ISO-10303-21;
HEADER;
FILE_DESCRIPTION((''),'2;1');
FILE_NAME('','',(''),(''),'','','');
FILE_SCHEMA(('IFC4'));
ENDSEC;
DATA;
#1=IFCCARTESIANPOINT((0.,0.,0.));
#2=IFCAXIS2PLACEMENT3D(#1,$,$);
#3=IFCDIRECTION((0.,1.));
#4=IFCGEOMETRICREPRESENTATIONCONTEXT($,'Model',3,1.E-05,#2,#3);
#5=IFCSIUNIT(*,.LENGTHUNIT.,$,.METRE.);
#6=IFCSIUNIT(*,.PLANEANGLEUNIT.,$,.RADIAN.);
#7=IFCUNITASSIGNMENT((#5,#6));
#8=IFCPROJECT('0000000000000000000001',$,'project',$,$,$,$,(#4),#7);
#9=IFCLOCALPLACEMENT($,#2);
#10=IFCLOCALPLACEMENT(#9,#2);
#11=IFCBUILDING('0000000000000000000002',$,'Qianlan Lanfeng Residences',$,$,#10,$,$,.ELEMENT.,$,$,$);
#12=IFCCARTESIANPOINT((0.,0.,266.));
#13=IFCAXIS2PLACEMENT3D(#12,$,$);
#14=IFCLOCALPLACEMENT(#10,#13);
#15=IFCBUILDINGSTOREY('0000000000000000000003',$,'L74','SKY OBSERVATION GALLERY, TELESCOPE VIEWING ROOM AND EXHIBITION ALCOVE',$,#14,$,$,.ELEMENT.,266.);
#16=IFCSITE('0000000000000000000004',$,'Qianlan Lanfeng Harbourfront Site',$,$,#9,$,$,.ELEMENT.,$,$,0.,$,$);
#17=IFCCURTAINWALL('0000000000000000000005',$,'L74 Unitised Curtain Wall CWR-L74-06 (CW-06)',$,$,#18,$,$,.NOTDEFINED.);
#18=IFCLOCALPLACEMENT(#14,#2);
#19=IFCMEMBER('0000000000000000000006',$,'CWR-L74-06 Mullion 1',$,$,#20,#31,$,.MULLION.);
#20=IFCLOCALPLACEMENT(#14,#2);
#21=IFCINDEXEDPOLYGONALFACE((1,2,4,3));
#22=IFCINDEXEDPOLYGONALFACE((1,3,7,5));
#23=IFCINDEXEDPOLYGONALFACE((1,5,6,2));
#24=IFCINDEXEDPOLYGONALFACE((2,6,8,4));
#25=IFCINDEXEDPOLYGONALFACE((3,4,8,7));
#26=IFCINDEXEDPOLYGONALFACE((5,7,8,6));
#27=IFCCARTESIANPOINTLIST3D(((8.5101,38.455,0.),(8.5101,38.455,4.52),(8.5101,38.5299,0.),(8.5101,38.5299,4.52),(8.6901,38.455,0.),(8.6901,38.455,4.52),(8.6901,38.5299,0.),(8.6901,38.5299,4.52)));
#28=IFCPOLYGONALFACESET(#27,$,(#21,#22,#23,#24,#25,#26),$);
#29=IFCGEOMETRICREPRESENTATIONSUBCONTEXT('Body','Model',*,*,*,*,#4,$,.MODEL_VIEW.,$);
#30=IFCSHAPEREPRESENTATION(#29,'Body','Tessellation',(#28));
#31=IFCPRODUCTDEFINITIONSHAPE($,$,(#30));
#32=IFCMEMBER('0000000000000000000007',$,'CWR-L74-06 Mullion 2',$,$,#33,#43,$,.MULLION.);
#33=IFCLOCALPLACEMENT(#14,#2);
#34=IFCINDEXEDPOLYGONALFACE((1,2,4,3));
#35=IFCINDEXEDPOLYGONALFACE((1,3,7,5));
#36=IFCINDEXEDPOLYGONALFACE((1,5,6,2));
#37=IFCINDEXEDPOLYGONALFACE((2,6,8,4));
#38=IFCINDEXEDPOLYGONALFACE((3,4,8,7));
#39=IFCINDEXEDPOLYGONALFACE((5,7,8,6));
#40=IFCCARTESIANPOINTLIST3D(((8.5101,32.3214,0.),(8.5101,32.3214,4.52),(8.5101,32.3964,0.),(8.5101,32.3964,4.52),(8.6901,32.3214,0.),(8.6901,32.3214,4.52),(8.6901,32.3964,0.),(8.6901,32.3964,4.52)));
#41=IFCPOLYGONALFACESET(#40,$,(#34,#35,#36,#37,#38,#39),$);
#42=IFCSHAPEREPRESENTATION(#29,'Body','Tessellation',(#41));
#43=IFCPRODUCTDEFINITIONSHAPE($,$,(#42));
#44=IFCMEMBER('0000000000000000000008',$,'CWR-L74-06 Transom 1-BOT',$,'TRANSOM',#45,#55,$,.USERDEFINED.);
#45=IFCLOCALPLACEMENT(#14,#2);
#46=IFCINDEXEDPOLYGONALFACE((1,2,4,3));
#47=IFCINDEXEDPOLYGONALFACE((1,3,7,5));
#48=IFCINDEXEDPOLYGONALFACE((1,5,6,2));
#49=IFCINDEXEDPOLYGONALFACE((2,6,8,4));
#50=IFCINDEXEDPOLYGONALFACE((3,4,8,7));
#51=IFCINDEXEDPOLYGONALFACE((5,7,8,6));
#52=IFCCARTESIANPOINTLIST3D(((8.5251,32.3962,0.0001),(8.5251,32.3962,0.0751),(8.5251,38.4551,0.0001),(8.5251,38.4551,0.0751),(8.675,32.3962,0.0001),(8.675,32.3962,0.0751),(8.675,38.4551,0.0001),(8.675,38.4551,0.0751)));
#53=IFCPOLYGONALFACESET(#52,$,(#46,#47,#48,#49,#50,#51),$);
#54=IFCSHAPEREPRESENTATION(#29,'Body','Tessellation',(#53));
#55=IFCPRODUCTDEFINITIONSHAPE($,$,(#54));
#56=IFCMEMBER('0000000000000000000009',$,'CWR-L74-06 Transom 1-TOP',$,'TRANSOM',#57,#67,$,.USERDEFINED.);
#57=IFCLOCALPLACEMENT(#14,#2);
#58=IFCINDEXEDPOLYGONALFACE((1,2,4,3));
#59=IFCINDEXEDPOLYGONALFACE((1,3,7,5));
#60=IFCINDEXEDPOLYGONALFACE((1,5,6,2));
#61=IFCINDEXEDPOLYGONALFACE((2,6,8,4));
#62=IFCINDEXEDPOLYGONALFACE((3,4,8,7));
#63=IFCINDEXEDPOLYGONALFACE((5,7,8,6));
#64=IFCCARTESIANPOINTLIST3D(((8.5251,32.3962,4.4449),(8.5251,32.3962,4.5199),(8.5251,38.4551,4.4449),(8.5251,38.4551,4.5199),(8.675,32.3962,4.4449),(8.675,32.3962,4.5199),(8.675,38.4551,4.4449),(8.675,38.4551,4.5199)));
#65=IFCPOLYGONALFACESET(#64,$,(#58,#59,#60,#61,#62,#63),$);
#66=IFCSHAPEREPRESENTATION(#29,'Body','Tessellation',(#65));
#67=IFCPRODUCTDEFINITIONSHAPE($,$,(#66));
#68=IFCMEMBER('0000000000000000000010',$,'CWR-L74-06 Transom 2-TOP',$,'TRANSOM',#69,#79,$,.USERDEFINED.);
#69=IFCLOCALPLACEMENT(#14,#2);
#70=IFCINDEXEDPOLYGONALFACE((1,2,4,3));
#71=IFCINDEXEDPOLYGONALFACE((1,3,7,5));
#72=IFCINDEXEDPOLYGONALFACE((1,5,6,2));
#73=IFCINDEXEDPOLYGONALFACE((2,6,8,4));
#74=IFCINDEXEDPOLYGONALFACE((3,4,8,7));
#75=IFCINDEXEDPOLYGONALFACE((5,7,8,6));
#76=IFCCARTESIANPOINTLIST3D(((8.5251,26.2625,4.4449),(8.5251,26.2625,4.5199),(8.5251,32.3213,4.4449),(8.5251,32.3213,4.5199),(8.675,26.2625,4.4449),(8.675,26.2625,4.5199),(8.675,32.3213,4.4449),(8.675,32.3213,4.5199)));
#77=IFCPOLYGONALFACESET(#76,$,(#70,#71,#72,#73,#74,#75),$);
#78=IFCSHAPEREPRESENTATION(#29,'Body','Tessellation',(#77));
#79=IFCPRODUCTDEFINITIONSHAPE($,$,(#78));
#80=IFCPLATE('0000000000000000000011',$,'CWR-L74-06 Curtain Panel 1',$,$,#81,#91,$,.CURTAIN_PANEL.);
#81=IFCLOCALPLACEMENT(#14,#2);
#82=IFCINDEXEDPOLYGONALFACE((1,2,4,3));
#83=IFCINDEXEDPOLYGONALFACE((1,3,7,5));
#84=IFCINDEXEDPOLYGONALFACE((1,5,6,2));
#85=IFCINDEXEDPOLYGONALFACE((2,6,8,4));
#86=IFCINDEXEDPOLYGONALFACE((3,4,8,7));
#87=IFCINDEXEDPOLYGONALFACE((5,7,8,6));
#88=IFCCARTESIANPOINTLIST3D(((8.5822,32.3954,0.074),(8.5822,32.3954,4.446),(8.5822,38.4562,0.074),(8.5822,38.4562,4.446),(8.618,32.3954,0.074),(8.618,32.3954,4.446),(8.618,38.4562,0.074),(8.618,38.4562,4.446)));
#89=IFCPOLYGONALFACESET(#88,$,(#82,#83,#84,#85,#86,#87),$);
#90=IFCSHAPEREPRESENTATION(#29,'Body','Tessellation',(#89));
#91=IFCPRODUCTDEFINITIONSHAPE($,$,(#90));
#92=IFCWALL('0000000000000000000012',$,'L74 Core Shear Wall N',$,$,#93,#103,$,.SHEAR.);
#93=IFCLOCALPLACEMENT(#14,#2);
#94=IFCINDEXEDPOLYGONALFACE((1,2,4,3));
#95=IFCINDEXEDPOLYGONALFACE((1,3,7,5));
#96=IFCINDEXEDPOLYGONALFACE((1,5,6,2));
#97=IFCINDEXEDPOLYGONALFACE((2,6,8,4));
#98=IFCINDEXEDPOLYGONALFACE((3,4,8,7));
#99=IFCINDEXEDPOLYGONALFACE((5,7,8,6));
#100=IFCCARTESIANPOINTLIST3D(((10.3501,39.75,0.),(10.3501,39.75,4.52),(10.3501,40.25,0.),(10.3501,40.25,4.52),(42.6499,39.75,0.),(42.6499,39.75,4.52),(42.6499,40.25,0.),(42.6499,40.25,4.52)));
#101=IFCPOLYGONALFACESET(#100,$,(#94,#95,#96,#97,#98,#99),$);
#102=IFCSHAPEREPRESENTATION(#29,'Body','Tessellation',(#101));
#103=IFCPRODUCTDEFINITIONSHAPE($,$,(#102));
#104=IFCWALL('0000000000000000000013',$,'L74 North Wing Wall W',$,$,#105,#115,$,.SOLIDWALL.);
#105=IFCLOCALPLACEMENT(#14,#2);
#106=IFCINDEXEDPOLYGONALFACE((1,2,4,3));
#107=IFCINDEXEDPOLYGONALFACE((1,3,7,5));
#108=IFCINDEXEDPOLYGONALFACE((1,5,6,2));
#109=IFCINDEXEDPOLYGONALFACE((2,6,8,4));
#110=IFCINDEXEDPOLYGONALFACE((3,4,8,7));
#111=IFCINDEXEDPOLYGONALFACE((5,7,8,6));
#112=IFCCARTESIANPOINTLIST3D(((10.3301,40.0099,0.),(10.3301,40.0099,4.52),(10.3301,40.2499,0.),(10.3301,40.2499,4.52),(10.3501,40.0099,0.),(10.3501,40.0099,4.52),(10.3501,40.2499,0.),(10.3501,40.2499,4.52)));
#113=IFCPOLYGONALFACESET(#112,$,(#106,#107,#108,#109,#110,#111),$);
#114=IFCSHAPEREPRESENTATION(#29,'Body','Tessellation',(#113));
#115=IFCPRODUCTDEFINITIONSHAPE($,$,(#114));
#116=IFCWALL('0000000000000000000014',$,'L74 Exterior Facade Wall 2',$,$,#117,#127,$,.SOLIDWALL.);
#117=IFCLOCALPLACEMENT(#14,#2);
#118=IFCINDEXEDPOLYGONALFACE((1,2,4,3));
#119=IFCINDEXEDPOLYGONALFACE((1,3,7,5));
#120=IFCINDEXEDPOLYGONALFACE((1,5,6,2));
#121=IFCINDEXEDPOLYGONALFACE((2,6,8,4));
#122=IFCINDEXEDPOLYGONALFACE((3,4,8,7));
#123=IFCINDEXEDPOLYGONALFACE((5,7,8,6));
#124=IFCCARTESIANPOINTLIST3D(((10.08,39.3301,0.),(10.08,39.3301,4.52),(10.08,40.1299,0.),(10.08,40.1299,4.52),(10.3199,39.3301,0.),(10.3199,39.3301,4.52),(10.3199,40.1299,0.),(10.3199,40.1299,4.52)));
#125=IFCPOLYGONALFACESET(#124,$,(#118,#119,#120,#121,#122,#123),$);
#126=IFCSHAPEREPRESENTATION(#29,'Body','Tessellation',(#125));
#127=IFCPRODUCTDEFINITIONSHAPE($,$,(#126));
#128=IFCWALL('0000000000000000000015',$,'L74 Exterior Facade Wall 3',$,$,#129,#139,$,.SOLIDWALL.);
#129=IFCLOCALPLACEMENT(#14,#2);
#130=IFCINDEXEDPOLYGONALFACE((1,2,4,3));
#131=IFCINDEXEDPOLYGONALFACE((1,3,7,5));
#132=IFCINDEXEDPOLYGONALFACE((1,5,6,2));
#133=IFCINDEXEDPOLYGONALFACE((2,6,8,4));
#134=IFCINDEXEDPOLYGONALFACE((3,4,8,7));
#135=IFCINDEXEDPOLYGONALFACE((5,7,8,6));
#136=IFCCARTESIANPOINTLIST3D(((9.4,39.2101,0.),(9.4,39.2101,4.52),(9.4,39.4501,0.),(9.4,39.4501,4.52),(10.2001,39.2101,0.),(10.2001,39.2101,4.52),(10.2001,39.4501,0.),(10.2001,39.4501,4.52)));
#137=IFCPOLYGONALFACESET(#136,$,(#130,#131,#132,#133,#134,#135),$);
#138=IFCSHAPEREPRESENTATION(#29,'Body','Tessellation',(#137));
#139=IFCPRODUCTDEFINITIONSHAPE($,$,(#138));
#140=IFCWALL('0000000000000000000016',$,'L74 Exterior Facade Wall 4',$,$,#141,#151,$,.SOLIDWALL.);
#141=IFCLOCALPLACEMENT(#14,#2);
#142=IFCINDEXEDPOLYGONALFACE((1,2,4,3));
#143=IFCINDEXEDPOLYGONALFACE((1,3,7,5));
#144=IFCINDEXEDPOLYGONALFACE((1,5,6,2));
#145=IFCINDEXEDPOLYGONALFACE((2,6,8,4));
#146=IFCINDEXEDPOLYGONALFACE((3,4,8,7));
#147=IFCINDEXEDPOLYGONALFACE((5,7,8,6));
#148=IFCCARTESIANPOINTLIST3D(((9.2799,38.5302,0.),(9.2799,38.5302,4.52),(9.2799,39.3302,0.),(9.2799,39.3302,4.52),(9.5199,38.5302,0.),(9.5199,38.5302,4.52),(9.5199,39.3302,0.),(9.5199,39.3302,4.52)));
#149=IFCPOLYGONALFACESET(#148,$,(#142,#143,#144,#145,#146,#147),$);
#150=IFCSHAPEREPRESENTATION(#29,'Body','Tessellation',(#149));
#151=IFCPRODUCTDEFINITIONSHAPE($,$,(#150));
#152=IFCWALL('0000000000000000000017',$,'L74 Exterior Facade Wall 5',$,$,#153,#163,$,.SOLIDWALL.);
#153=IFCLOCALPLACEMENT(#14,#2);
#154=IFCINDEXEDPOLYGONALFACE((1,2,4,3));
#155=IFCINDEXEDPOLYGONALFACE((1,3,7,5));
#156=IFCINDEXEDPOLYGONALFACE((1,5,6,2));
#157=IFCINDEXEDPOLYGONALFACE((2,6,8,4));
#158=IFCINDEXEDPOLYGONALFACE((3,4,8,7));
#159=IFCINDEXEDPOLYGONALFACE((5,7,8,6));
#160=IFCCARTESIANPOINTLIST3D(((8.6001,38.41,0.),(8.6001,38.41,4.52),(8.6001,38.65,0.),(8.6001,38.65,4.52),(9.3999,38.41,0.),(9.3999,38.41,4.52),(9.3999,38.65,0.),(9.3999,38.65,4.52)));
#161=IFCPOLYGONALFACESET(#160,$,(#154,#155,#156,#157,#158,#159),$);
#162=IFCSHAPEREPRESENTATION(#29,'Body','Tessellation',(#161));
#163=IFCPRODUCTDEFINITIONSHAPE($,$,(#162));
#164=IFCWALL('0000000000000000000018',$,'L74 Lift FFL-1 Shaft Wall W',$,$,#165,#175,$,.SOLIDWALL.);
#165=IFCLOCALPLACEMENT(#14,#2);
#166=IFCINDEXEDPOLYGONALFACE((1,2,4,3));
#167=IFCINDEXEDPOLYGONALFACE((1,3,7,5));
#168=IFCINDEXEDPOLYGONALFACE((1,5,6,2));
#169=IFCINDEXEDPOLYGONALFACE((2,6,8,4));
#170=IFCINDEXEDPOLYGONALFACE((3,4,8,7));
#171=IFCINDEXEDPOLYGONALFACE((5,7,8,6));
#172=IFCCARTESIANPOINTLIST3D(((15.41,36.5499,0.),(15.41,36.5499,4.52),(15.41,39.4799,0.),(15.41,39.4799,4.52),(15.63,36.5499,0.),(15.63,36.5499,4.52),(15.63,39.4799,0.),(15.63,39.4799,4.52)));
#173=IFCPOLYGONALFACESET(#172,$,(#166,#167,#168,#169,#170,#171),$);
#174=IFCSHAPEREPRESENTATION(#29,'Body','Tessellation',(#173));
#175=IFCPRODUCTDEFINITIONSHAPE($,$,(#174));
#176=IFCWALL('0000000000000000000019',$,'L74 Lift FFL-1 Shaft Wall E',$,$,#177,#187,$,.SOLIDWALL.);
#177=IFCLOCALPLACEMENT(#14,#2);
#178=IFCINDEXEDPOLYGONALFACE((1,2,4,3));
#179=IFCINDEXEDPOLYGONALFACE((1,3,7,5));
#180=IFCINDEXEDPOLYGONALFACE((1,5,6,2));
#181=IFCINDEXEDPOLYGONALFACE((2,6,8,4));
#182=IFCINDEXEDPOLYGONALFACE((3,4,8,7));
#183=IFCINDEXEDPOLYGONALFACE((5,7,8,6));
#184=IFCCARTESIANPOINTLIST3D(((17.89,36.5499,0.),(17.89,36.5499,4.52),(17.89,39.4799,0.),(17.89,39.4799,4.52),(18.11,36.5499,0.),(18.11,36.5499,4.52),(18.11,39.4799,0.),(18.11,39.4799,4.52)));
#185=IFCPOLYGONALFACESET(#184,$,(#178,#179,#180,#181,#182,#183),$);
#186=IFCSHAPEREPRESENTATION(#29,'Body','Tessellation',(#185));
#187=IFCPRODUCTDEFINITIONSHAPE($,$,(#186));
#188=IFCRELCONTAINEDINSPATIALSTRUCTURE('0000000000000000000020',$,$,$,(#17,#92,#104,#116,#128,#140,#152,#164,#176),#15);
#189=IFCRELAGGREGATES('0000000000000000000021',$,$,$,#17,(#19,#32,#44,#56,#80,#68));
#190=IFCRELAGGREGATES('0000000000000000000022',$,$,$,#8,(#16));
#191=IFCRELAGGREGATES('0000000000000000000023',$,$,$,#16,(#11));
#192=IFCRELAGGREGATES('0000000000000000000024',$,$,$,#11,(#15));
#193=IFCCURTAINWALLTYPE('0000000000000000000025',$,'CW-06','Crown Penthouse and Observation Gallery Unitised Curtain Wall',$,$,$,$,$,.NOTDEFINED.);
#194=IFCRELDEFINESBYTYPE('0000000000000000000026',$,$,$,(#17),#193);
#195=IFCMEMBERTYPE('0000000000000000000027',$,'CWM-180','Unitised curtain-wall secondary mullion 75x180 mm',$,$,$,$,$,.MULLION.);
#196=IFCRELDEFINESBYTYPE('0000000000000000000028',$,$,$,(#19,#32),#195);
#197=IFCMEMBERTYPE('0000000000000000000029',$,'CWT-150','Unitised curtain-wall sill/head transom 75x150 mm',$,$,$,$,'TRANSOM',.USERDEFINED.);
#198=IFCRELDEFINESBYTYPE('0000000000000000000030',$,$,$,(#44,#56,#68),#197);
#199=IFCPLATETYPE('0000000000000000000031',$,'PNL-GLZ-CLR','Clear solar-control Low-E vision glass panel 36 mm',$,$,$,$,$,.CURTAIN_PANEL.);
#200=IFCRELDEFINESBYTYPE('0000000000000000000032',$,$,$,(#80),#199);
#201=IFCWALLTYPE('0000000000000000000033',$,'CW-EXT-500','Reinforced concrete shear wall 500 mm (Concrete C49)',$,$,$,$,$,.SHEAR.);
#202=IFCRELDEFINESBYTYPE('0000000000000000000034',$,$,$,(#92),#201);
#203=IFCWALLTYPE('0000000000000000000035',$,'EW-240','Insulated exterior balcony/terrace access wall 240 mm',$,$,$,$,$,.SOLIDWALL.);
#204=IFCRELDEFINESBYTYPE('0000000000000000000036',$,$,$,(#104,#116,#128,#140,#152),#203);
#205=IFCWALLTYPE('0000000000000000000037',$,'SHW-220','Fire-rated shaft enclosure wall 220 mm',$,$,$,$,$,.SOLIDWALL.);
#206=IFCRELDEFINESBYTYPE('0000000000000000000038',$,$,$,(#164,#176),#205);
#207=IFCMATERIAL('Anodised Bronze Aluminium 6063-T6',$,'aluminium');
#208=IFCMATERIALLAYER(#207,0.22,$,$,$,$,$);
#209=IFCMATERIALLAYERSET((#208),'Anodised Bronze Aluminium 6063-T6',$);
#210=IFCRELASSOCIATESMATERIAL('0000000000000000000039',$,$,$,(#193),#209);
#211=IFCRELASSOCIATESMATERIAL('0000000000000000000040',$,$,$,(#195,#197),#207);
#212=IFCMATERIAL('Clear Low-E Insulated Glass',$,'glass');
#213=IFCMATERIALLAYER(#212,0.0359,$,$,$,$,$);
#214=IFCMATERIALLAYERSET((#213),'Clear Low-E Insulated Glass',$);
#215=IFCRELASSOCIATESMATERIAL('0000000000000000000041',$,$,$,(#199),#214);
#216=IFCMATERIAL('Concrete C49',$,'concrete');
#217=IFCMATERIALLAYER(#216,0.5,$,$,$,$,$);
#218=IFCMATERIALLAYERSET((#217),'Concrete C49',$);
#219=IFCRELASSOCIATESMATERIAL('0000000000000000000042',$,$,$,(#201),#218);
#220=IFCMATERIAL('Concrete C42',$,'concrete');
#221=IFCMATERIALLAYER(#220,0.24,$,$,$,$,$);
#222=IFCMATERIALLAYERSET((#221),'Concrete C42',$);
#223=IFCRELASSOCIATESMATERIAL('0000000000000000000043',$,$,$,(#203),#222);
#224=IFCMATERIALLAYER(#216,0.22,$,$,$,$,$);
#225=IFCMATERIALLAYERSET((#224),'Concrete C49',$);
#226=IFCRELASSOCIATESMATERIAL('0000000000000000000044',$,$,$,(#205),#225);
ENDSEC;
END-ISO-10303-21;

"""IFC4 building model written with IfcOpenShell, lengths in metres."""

from ifc_helpers import new_model, si_unit, direction, frame, frame_2d, origin, origin_2d, place, context, subcontext, project, spatial, rectangle, extrude, source, transform, mapped, material, layer, layer_set, material_profile, profile_set, type_object, element, aggregate, save


model = new_model("IFC4")

# Units and contexts
model_context = context("Model", 3, precision=1e-05, world=origin(), true_north=direction((0.0, 1.0)))
body_context = subcontext(model_context, "Body", "Model", "MODEL_VIEW")
ifc_project = project(units=[si_unit("LENGTHUNIT", "METRE"), si_unit("PLANEANGLEUNIT", "RADIAN")], contexts=[model_context])

# Site, building, storey
site_placement = place(None, origin())
site = spatial("IfcSite", under=ifc_project, at=site_placement, Name="Qianlan Lanfeng Harbourfront Site", CompositionType="ELEMENT", RefElevation=0.0)
building_placement = place(site_placement, origin())
building = spatial("IfcBuilding", under=site, at=building_placement, Name="Qianlan Lanfeng Residences", CompositionType="ELEMENT")
storey_placement = place(building_placement, frame((0.0, 0.0, 266.0)))
storey = spatial("IfcBuildingStorey", under=building, at=storey_placement, Name="L74", Description="SKY OBSERVATION GALLERY, TELESCOPE VIEWING ROOM AND EXHIBITION ALCOVE", CompositionType="ELEMENT", Elevation=266.0)

# Curtain wall, members, plate
ifc_material_1 = material(Name="Anodised Bronze Aluminium 6063-T6", Category="aluminium")
ifc_layer_1 = layer(ifc_material_1, 0.22)
ifc_layer_set_1 = layer_set([ifc_layer_1], Name="Anodised Bronze Aluminium 6063-T6")
curtain_wall_type = type_object("IfcCurtainWallType", Name="CW-06", Description="Crown Penthouse and Observation Gallery Unitised Curtain Wall", PredefinedType="NOTDEFINED", material=ifc_layer_set_1)
curtain_wall_placement = place(storey_placement, origin())
curtain_wall = element("IfcCurtainWall", 1, at=curtain_wall_placement, inside=storey, type_object=curtain_wall_type, Name="L74 Unitised Curtain Wall CWR-L74-06 (CW-06)", PredefinedType="NOTDEFINED")
ifc_material_profile_1 = material_profile(ifc_material_1, rectangle(XDim=0.075, YDim=0.1799, at=origin_2d()), Name="ALU MULLION 75x180")
ifc_profile_set_1 = profile_set([ifc_material_profile_1], Name="Anodised Bronze Aluminium 6063-T6")
member_type_1 = type_object("IfcMemberType", Name="CWM-180", Description="Unitised curtain-wall secondary mullion 75x180 mm", PredefinedType="MULLION", material=ifc_profile_set_1)
shared_shape_1 = source(origin(), body_context, "Body", "SweptSolid", [
    extrude(rectangle(XDim=0.075, YDim=0.1799, at=origin_2d()), origin(), (0.0, 0.0, 1.0), 4.52),
])
member_1_placement = place(storey_placement, frame((8.6001, 38.4924, 0.0), z_axis=(0.0, 0.0, 1.0), x_axis=(0.0, -1.0, 0.0)))
member_1 = element("IfcMember", 2, at=member_1_placement, type_object=member_type_1, Name="CWR-L74-06 Mullion 1", PredefinedType="MULLION", context=body_context, shape_type="MappedRepresentation", body=[
    mapped(shared_shape_1, transform((0.0, 0.0, 0.0), scale=1.0)),
])
member_2_placement = place(storey_placement, frame((8.6001, 32.3589, 0.0), z_axis=(0.0, 0.0, 1.0), x_axis=(0.0, -1.0, 0.0)))
member_2 = element("IfcMember", 3, at=member_2_placement, type_object=member_type_1, Name="CWR-L74-06 Mullion 2", PredefinedType="MULLION", context=body_context, shape_type="MappedRepresentation", body=[
    mapped(shared_shape_1, transform((0.0, 0.0, 0.0), scale=1.0)),
])
ifc_material_profile_2 = material_profile(ifc_material_1, rectangle(XDim=0.075, YDim=0.1499, at=origin_2d()), Name="ALU TRANSOM 75x150")
ifc_profile_set_2 = profile_set([ifc_material_profile_2], Name="Anodised Bronze Aluminium 6063-T6")
member_type_2 = type_object("IfcMemberType", Name="CWT-150", Description="Unitised curtain-wall sill/head transom 75x150 mm", ElementType="TRANSOM", PredefinedType="USERDEFINED", material=ifc_profile_set_2)
shared_shape_2 = source(origin(), body_context, "Body", "SweptSolid", [
    extrude(rectangle(XDim=0.075, YDim=0.1499, at=origin_2d()), origin(), (0.0, 0.0, 1.0), 6.0588),
])
member_3_placement = place(storey_placement, frame((8.6001, 38.4551, 0.0376), z_axis=(0.0, -1.0, 0.0), x_axis=(0.0, 0.0, 1.0)))
member_3 = element("IfcMember", 4, at=member_3_placement, type_object=member_type_2, Name="CWR-L74-06 Transom 1-BOT", ObjectType="TRANSOM", PredefinedType="USERDEFINED", context=body_context, shape_type="MappedRepresentation", body=[
    mapped(shared_shape_2, transform((0.0, 0.0, 0.0), scale=1.0)),
])
member_4_placement = place(storey_placement, frame((8.6001, 38.4551, 4.4824), z_axis=(0.0, -1.0, 0.0), x_axis=(0.0, 0.0, 1.0)))
member_4 = element("IfcMember", 5, at=member_4_placement, type_object=member_type_2, Name="CWR-L74-06 Transom 1-TOP", ObjectType="TRANSOM", PredefinedType="USERDEFINED", context=body_context, shape_type="MappedRepresentation", body=[
    mapped(shared_shape_2, transform((0.0, 0.0, 0.0), scale=1.0)),
])
member_5_placement = place(storey_placement, frame((8.6001, 32.3213, 4.4824), z_axis=(0.0, -1.0, 0.0), x_axis=(0.0, 0.0, 1.0)))
member_5 = element("IfcMember", 6, at=member_5_placement, type_object=member_type_2, Name="CWR-L74-06 Transom 2-TOP", ObjectType="TRANSOM", PredefinedType="USERDEFINED", context=body_context, shape_type="MappedRepresentation", body=[
    mapped(shared_shape_2, transform((0.0, 0.0, 0.0), scale=1.0)),
])
ifc_material_2 = material(Name="Clear Low-E Insulated Glass", Category="glass")
ifc_layer_2 = layer(ifc_material_2, 0.0359)
ifc_layer_set_2 = layer_set([ifc_layer_2], Name="Clear Low-E Insulated Glass")
plate_type = type_object("IfcPlateType", Name="PNL-GLZ-CLR", Description="Clear solar-control Low-E vision glass panel 36 mm", PredefinedType="CURTAIN_PANEL", material=ifc_layer_set_2)
shared_shape_3 = source(origin(), body_context, "Body", "SweptSolid", [
    extrude(rectangle(XDim=6.0608, YDim=0.0359, at=origin_2d()), origin(), (0.0, 0.0, 1.0), 4.3721),
])
plate_placement = place(storey_placement, frame((8.6001, 35.4258, 0.074), z_axis=(0.0, 0.0, 1.0), x_axis=(0.0, -1.0, 0.0)))
plate = element("IfcPlate", 7, at=plate_placement, type_object=plate_type, Name="CWR-L74-06 Curtain Panel 1", PredefinedType="CURTAIN_PANEL", context=body_context, shape_type="MappedRepresentation", body=[
    mapped(shared_shape_3, transform((0.0, 0.0, 0.0), scale=1.0)),
])
aggregate(curtain_wall, [member_1, member_2, member_3, member_4, plate, member_5])

# Wall
ifc_material_3 = material(Name="Concrete C49", Category="concrete")
ifc_layer_3 = layer(ifc_material_3, 0.5)
ifc_layer_set_3 = layer_set([ifc_layer_3], Name="Concrete C49")
wall_type_1 = type_object("IfcWallType", Name="CW-EXT-500", Description="Reinforced concrete shear wall 500 mm (Concrete C49)", PredefinedType="SHEAR", material=ifc_layer_set_3)
wall_1_placement = place(storey_placement, frame((10.3501, 40.0, 0.0), z_axis=(0.0, 0.0, 1.0), x_axis=(1.0, 0.0, 0.0)))
element("IfcWall", 8, at=wall_1_placement, inside=storey, type_object=wall_type_1, Name="L74 Core Shear Wall N", PredefinedType="SHEAR", context=body_context, shape_type="SweptSolid", body=[
    extrude(rectangle(XDim=32.2998, YDim=0.5, at=frame_2d((16.1499, 0.0))), origin(), (0.0, 0.0, 1.0), 4.52),
])

# Walls
ifc_material_4 = material(Name="Concrete C42", Category="concrete")
ifc_layer_4 = layer(ifc_material_4, 0.24)
ifc_layer_set_4 = layer_set([ifc_layer_4], Name="Concrete C42")
wall_type_2 = type_object("IfcWallType", Name="EW-240", Description="Insulated exterior balcony/terrace access wall 240 mm", PredefinedType="SOLIDWALL", material=ifc_layer_set_4)
wall_2_placement = place(storey_placement, frame((10.3501, 40.1299, 0.0), z_axis=(0.0, 0.0, 1.0), x_axis=(-1.0, 0.0, 0.0)))
element("IfcWall", 9, at=wall_2_placement, inside=storey, type_object=wall_type_2, Name="L74 North Wing Wall W", PredefinedType="SOLIDWALL", context=body_context, shape_type="SweptSolid", body=[
    extrude(rectangle(XDim=0.02, YDim=0.24, at=frame_2d((0.01, 0.0))), origin(), (0.0, 0.0, 1.0), 4.52),
])
wall_3_placement = place(storey_placement, frame((10.2, 40.1299, 0.0), z_axis=(0.0, 0.0, 1.0), x_axis=(0.0, -1.0, 0.0)))
element("IfcWall", 10, at=wall_3_placement, inside=storey, type_object=wall_type_2, Name="L74 Exterior Facade Wall 2", PredefinedType="SOLIDWALL", context=body_context, shape_type="SweptSolid", body=[
    extrude(rectangle(XDim=0.7998, YDim=0.24, at=frame_2d((0.3999, 0.0))), origin(), (0.0, 0.0, 1.0), 4.52),
])
for number, where, z_axis, x_axis, name in (
    (11, (10.2, 39.3301, 0.0), (0.0, 0.0, 1.0), (-1.0, 0.0, 0.0), "L74 Exterior Facade Wall 3"),
    (12, (9.3999, 39.3301, 0.0), (0.0, 0.0, 1.0), (0.0, -1.0, 0.0), "L74 Exterior Facade Wall 4"),
):
    element("IfcWall", number, at=place(storey_placement, frame(where, z_axis=z_axis, x_axis=x_axis)), inside=storey, type_object=wall_type_2, Name=name, PredefinedType="SOLIDWALL", context=body_context, shape_type="SweptSolid", body=[
        extrude(rectangle(XDim=0.8, YDim=0.24, at=frame_2d((0.3999, 0.0))), origin(), (0.0, 0.0, 1.0), 4.52),
    ])
wall_4_placement = place(storey_placement, frame((9.3999, 38.53, 0.0), z_axis=(0.0, 0.0, 1.0), x_axis=(-1.0, 0.0, 0.0)))
element("IfcWall", 13, at=wall_4_placement, inside=storey, type_object=wall_type_2, Name="L74 Exterior Facade Wall 5", PredefinedType="SOLIDWALL", context=body_context, shape_type="SweptSolid", body=[
    extrude(rectangle(XDim=0.7998, YDim=0.24, at=frame_2d((0.3999, 0.0))), origin(), (0.0, 0.0, 1.0), 4.52),
])
ifc_layer_5 = layer(ifc_material_3, 0.22)
ifc_layer_set_5 = layer_set([ifc_layer_5], Name="Concrete C49")
wall_type_3 = type_object("IfcWallType", Name="SHW-220", Description="Fire-rated shaft enclosure wall 220 mm", PredefinedType="SOLIDWALL", material=ifc_layer_set_5)
for number, where, z_axis, x_axis, name in (
    (14, (15.52, 36.55, 0.0), (0.0, 0.0, 1.0), (0.0, 1.0, 0.0), "L74 Lift FFL-1 Shaft Wall W"),
    (15, (18.0, 36.55, 0.0), (0.0, 0.0, 1.0), (0.0, 1.0, 0.0), "L74 Lift FFL-1 Shaft Wall E"),
):
    element("IfcWall", number, at=place(storey_placement, frame(where, z_axis=z_axis, x_axis=x_axis)), inside=storey, type_object=wall_type_3, Name=name, PredefinedType="SOLIDWALL", context=body_context, shape_type="SweptSolid", body=[
        extrude(rectangle(XDim=2.9299, YDim=0.22, at=frame_2d((1.4648, 0.0))), origin(), (0.0, 0.0, 1.0), 4.52),
    ])

save(model, "model.ifc")
